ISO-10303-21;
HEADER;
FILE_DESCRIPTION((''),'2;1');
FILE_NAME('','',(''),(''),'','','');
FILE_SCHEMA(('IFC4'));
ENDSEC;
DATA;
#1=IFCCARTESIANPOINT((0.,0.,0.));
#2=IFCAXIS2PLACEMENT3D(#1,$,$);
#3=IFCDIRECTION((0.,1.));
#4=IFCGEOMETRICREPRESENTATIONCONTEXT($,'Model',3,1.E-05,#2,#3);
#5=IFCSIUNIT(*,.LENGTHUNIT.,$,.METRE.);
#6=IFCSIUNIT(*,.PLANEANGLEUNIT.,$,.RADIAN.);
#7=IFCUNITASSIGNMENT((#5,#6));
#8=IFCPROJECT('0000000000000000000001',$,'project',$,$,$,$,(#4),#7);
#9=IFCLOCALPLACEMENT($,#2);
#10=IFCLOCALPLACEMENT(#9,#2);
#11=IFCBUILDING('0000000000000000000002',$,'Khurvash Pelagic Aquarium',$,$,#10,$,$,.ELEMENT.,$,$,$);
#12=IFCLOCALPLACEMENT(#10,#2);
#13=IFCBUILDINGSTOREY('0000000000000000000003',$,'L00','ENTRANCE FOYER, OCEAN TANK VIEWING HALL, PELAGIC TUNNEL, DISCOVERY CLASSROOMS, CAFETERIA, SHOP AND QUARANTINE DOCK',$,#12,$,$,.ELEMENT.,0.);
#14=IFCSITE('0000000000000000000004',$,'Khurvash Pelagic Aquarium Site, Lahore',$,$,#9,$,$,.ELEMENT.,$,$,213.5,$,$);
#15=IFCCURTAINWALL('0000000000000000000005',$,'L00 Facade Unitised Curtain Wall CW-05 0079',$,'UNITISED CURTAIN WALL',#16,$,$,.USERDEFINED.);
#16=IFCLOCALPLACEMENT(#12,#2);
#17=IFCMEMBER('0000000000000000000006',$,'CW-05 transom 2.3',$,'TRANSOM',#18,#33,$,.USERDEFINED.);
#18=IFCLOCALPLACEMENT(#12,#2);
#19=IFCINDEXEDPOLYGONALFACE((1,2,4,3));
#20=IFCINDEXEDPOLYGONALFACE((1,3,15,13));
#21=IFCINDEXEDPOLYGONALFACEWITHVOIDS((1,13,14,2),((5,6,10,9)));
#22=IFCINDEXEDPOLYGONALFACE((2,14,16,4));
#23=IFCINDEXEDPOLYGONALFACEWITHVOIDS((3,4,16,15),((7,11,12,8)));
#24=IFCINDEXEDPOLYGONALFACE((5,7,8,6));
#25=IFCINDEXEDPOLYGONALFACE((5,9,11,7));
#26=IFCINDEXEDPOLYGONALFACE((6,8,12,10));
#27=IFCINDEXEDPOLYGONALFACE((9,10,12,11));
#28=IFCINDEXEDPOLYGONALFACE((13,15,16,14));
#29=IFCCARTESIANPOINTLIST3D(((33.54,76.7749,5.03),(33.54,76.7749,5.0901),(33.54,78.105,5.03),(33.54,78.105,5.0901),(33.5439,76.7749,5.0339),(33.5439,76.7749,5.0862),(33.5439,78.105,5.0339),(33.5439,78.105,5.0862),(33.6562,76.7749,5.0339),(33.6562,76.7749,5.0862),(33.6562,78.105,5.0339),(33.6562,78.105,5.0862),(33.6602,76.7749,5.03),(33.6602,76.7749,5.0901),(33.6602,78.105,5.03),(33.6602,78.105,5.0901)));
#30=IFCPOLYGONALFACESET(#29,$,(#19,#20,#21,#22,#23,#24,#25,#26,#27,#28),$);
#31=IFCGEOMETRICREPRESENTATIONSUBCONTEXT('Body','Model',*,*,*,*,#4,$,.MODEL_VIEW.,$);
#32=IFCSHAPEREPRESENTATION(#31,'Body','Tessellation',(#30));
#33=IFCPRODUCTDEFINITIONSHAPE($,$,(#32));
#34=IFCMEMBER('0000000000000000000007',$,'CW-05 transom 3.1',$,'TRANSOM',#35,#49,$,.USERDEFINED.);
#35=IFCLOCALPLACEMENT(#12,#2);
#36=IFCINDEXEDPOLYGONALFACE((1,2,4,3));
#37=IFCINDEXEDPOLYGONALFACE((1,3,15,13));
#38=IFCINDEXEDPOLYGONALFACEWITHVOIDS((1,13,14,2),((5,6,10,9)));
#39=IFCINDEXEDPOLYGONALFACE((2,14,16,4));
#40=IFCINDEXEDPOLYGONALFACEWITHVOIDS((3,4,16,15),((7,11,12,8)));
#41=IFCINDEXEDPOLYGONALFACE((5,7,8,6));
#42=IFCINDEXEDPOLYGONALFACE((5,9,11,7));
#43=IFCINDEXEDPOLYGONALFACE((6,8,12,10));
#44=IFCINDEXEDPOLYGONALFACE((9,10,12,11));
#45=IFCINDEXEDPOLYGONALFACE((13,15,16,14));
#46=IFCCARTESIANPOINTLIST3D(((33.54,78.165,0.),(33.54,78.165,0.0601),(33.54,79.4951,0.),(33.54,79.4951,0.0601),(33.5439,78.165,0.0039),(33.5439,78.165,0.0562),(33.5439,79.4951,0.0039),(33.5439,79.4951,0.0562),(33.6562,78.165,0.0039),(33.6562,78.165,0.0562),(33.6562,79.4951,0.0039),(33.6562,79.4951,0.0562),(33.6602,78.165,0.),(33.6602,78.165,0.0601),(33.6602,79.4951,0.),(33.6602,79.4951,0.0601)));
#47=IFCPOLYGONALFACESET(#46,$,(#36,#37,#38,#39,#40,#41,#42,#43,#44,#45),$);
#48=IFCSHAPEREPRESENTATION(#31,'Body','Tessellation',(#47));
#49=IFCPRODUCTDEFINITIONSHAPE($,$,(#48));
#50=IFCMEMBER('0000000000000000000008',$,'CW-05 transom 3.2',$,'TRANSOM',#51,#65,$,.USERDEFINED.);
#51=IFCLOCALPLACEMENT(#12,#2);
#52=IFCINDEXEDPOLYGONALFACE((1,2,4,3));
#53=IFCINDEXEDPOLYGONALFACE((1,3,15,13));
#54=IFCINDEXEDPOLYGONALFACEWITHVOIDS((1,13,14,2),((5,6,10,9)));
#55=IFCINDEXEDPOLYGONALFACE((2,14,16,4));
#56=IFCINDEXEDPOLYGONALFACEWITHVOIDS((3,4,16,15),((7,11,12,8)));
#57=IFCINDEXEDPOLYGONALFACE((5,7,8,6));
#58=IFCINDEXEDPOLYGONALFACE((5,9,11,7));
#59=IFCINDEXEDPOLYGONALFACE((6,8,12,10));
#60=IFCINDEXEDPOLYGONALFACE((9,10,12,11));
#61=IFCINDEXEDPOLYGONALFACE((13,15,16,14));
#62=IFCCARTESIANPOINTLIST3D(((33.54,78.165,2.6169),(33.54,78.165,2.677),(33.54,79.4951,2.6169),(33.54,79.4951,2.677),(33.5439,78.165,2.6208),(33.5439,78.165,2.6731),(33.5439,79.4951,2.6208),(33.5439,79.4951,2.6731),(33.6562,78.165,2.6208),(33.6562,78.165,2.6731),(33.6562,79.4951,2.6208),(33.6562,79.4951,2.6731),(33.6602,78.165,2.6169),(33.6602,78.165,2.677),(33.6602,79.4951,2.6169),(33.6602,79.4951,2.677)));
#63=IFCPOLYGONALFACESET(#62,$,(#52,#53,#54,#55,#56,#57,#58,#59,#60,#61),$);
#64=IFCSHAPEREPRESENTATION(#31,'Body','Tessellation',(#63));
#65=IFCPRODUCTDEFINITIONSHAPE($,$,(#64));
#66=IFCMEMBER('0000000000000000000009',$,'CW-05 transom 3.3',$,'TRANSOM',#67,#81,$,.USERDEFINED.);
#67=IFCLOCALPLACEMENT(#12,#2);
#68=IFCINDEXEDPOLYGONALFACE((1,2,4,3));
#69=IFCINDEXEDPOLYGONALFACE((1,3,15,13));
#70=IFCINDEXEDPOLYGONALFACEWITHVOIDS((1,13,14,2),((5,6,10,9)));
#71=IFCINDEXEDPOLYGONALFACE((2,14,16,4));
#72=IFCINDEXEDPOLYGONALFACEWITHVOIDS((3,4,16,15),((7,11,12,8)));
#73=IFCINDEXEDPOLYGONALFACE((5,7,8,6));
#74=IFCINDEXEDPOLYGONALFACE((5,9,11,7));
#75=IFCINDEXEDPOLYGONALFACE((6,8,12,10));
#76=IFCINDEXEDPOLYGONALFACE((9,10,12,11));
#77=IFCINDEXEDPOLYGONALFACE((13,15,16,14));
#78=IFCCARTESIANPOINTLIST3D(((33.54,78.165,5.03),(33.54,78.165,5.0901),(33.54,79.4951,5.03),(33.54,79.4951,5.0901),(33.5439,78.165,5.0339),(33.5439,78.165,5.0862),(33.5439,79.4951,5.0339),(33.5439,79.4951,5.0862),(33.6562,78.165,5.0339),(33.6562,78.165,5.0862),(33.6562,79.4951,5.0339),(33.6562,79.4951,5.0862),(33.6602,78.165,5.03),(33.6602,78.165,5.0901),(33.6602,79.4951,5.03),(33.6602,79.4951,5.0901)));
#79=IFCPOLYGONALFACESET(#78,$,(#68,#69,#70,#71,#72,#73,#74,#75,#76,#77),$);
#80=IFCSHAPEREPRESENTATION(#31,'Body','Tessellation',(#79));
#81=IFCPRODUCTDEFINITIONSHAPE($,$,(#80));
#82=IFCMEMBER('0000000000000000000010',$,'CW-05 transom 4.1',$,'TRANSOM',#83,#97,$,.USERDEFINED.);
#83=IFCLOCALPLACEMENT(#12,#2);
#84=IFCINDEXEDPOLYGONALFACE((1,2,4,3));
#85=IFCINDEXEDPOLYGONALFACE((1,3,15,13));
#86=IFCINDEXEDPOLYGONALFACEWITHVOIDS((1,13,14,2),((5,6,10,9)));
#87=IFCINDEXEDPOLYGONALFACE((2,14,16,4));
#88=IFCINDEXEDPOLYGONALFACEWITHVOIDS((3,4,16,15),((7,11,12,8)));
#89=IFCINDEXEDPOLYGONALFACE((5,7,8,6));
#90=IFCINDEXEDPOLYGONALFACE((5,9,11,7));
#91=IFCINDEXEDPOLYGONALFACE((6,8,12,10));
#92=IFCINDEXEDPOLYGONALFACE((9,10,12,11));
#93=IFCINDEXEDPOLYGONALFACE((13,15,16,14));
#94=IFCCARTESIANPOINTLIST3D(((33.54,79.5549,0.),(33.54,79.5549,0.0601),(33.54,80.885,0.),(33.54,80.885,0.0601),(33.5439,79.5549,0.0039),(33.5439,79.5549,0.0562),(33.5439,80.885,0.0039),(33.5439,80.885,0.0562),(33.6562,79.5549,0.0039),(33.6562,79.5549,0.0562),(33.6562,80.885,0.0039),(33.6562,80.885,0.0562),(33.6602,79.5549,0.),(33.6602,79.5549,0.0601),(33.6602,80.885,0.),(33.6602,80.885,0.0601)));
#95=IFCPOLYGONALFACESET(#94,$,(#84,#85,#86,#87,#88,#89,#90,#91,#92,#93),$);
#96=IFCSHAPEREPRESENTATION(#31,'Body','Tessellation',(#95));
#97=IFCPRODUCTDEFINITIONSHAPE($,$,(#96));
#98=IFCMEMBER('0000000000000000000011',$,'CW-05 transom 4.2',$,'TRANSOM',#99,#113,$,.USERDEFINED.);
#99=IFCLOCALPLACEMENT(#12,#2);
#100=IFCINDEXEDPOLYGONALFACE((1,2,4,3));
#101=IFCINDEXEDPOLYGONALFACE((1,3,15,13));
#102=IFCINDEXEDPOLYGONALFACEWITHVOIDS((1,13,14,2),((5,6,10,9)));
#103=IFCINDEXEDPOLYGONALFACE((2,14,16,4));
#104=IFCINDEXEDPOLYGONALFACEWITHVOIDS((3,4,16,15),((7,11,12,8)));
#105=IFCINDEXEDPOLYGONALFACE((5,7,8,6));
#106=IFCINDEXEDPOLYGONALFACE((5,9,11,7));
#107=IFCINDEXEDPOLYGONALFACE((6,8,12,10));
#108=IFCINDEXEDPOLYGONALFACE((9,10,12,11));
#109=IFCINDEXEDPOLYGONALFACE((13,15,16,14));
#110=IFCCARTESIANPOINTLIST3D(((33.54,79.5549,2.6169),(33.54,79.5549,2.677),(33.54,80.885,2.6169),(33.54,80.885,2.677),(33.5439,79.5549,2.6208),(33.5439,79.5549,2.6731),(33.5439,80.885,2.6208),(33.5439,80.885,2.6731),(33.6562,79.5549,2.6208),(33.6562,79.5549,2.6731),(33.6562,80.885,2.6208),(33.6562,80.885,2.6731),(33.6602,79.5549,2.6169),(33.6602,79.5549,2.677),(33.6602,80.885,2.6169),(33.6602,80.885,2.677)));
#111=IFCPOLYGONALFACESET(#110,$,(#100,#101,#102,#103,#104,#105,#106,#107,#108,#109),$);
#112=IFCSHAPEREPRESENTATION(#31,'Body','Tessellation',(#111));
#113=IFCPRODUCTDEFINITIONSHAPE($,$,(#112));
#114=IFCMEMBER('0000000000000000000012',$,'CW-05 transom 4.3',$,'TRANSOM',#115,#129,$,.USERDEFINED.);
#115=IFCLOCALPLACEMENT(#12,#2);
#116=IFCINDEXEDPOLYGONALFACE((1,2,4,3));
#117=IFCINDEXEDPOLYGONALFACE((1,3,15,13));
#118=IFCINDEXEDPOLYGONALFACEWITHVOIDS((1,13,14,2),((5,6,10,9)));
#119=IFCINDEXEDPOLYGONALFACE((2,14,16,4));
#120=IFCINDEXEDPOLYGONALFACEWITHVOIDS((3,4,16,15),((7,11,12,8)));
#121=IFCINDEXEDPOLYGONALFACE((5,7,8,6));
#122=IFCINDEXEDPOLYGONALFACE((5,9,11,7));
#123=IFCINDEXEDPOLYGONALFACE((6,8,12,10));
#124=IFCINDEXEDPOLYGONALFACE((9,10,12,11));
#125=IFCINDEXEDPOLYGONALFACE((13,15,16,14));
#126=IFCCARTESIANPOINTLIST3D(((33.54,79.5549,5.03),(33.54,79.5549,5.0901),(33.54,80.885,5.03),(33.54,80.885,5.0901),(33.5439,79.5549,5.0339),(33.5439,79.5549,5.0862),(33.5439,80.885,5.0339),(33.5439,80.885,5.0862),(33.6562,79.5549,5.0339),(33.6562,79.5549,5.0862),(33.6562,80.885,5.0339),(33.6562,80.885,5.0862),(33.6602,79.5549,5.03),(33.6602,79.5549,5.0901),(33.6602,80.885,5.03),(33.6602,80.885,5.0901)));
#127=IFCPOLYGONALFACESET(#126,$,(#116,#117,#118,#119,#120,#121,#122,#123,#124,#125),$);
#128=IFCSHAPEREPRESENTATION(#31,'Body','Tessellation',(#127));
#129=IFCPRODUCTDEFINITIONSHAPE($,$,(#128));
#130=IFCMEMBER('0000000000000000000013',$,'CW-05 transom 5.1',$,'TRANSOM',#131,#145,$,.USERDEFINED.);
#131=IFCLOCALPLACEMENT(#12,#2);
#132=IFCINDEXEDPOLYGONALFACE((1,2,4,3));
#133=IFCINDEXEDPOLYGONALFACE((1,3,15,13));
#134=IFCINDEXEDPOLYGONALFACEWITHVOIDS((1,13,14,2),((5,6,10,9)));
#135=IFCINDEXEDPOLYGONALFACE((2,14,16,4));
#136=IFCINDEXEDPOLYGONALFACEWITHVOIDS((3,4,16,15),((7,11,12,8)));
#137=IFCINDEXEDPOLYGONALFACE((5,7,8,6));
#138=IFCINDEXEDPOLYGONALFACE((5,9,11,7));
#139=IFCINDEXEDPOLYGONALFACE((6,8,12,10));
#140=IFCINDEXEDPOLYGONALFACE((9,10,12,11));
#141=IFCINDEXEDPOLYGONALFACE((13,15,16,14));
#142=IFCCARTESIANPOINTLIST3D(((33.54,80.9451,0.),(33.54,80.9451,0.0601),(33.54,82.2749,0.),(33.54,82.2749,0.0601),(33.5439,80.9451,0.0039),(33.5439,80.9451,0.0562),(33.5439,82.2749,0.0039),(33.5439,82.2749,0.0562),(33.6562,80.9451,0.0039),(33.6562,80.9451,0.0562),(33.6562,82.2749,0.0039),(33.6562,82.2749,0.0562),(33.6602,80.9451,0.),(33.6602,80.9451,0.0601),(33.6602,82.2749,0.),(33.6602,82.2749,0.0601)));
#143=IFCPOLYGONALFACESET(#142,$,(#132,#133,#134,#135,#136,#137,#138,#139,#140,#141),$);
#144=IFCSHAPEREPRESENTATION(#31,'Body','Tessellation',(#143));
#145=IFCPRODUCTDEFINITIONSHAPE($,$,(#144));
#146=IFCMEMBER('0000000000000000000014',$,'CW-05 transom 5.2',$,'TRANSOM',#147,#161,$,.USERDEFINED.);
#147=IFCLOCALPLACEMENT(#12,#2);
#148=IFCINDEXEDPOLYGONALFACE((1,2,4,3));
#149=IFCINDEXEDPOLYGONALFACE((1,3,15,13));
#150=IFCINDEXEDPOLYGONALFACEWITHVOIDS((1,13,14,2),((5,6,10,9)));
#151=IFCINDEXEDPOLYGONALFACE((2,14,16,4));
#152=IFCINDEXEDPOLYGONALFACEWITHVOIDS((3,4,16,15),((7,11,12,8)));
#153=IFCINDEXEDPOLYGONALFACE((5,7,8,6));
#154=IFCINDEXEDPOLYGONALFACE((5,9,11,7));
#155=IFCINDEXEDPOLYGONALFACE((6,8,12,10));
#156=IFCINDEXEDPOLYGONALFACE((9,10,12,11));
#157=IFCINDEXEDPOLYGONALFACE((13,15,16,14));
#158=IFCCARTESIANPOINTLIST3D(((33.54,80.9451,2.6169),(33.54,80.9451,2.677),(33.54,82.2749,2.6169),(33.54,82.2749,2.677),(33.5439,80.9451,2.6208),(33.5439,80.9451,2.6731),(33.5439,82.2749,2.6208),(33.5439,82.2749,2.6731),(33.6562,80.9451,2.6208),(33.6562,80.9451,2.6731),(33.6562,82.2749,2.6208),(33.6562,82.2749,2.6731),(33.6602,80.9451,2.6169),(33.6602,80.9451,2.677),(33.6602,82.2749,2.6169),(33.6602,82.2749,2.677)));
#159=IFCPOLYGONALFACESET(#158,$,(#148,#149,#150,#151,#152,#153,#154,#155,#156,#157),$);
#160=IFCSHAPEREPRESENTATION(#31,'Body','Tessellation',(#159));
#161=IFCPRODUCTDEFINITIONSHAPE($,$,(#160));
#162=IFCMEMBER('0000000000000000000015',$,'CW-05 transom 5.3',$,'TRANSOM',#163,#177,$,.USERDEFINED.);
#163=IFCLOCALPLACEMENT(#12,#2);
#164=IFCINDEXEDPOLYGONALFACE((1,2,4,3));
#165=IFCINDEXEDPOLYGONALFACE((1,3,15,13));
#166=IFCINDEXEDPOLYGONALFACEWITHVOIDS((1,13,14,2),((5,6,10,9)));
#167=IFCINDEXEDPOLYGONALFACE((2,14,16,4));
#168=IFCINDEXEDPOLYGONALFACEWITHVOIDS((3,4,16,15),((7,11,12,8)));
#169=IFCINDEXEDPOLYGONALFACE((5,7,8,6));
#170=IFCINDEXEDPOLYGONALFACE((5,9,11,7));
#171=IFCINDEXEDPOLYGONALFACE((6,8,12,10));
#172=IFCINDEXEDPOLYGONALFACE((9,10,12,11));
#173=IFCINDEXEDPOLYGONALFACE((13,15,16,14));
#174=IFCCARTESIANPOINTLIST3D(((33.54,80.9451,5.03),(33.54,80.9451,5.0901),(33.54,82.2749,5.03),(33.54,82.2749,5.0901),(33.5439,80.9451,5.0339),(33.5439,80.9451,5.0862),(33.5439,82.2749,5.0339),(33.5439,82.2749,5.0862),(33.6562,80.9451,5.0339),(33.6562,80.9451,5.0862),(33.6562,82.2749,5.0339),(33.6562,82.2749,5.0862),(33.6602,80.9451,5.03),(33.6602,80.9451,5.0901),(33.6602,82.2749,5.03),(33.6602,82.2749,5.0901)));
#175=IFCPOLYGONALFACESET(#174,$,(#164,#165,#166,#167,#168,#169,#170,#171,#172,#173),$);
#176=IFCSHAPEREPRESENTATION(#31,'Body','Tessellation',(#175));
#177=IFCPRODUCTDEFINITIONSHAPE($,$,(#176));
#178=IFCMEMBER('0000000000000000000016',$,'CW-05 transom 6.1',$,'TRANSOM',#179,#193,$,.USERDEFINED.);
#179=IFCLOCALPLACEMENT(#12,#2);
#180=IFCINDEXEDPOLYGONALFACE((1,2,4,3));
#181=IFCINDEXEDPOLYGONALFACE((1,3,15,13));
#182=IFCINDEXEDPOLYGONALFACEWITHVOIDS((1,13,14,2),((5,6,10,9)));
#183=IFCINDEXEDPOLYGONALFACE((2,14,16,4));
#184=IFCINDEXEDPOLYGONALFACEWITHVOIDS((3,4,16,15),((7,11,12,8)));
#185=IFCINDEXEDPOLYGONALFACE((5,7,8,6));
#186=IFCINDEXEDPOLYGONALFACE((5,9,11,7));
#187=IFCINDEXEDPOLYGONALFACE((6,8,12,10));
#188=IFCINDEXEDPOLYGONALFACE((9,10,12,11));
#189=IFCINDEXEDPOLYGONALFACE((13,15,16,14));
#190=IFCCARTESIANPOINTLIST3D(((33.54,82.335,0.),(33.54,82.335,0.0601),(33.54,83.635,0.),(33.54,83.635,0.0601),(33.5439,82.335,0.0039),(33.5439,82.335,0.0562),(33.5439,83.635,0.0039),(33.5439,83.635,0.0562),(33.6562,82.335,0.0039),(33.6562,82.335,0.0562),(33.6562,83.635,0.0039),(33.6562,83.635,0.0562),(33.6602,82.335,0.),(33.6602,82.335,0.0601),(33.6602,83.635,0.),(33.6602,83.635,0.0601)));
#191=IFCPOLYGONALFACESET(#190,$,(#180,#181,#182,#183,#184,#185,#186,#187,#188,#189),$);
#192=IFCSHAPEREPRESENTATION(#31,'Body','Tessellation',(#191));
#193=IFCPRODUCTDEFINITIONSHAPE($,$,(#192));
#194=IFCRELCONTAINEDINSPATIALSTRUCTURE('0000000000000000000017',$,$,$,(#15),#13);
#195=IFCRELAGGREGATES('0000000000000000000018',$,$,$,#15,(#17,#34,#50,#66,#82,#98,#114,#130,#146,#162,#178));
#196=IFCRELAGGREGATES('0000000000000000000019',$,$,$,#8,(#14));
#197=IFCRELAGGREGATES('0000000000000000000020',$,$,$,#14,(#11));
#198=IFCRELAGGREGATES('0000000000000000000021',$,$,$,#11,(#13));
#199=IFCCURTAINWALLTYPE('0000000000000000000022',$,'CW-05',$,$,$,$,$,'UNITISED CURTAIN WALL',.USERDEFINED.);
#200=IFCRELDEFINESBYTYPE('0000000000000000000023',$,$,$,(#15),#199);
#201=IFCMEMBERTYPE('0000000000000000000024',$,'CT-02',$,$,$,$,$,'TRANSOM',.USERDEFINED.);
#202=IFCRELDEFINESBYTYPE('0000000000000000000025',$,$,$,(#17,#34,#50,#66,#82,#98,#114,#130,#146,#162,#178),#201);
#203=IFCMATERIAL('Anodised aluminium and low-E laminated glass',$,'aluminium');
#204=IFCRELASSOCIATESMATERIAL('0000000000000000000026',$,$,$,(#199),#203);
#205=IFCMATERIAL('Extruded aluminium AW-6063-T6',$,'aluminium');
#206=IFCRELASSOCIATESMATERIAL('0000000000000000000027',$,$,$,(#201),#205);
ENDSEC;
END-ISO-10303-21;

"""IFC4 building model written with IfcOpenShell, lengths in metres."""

from ifc_helpers import new_model, si_unit, direction, frame, origin, origin_2d, place, context, subcontext, project, spatial, hollow_rectangle, extrude, material, material_profile, profile_set, type_object, element, aggregate, save


model = new_model("IFC4")

# Units and contexts
model_context = context("Model", 3, precision=1e-05, world=origin(), true_north=direction((0.0, 1.0)))
body_context = subcontext(model_context, "Body", "Model", "MODEL_VIEW")
ifc_project = project(units=[si_unit("LENGTHUNIT", "METRE"), si_unit("PLANEANGLEUNIT", "RADIAN")], contexts=[model_context])

# Site, building, storey
site_placement = place(None, origin())
site = spatial("IfcSite", under=ifc_project, at=site_placement, Name="Khurvash Pelagic Aquarium Site, Lahore", CompositionType="ELEMENT", RefElevation=213.5)
building_placement = place(site_placement, origin())
building = spatial("IfcBuilding", under=site, at=building_placement, Name="Khurvash Pelagic Aquarium", CompositionType="ELEMENT")
storey_placement = place(building_placement, origin())
storey = spatial("IfcBuildingStorey", under=building, at=storey_placement, Name="L00", Description="ENTRANCE FOYER, OCEAN TANK VIEWING HALL, PELAGIC TUNNEL, DISCOVERY CLASSROOMS, CAFETERIA, SHOP AND QUARANTINE DOCK", CompositionType="ELEMENT", Elevation=0.0)

# Curtain wall, members
ifc_material_1 = material(Name="Anodised aluminium and low-E laminated glass", Category="aluminium")
curtain_wall_type = type_object("IfcCurtainWallType", Name="CW-05", ElementType="UNITISED CURTAIN WALL", PredefinedType="USERDEFINED", material=ifc_material_1)
curtain_wall_placement = place(storey_placement, origin())
curtain_wall = element("IfcCurtainWall", 1, at=curtain_wall_placement, inside=storey, type_object=curtain_wall_type, Name="L00 Facade Unitised Curtain Wall CW-05 0079", ObjectType="UNITISED CURTAIN WALL", PredefinedType="USERDEFINED")
ifc_material_2 = material(Name="Extruded aluminium AW-6063-T6", Category="aluminium")
ifc_material_profile_1 = material_profile(ifc_material_2, hollow_rectangle(XDim=0.1201, YDim=0.0601, WallThickness=0.0039, at=origin_2d()), Name="CWT120X60X4")
ifc_profile_set_1 = profile_set([ifc_material_profile_1], Name="Extruded aluminium AW-6063-T6")
member_type_1 = type_object("IfcMemberType", Name="CT-02", ElementType="TRANSOM", PredefinedType="USERDEFINED", material=ifc_profile_set_1)
member_1_placement = place(storey_placement, frame((33.6001, 76.7749, 5.0601), z_axis=(0.0, 1.0, 0.0), x_axis=(-1.0, 0.0, 0.0)))
member_1 = element("IfcMember", 2, at=member_1_placement, type_object=member_type_1, Name="CW-05 transom 2.3", ObjectType="TRANSOM", PredefinedType="USERDEFINED", context=body_context, shape_type="SweptSolid", body=[
    extrude(hollow_rectangle(XDim=0.1201, YDim=0.0601, WallThickness=0.0039, at=origin_2d()), origin(), (0.0, 0.0, 1.0), 1.3301),
])
member_2_placement = place(storey_placement, frame((33.6001, 78.165, 0.03), z_axis=(0.0, 1.0, 0.0), x_axis=(-1.0, 0.0, 0.0)))
member_2 = element("IfcMember", 3, at=member_2_placement, type_object=member_type_1, Name="CW-05 transom 3.1", ObjectType="TRANSOM", PredefinedType="USERDEFINED", context=body_context, shape_type="SweptSolid", body=[
    extrude(hollow_rectangle(XDim=0.1201, YDim=0.0601, WallThickness=0.0039, at=origin_2d()), origin(), (0.0, 0.0, 1.0), 1.3301),
])
member_3_placement = place(storey_placement, frame((33.6001, 78.165, 2.647), z_axis=(0.0, 1.0, 0.0), x_axis=(-1.0, 0.0, 0.0)))
member_3 = element("IfcMember", 4, at=member_3_placement, type_object=member_type_1, Name="CW-05 transom 3.2", ObjectType="TRANSOM", PredefinedType="USERDEFINED", context=body_context, shape_type="SweptSolid", body=[
    extrude(hollow_rectangle(XDim=0.1201, YDim=0.0601, WallThickness=0.0039, at=origin_2d()), origin(), (0.0, 0.0, 1.0), 1.3301),
])
member_4_placement = place(storey_placement, frame((33.6001, 78.165, 5.0601), z_axis=(0.0, 1.0, 0.0), x_axis=(-1.0, 0.0, 0.0)))
member_4 = element("IfcMember", 5, at=member_4_placement, type_object=member_type_1, Name="CW-05 transom 3.3", ObjectType="TRANSOM", PredefinedType="USERDEFINED", context=body_context, shape_type="SweptSolid", body=[
    extrude(hollow_rectangle(XDim=0.1201, YDim=0.0601, WallThickness=0.0039, at=origin_2d()), origin(), (0.0, 0.0, 1.0), 1.3301),
])
member_5_placement = place(storey_placement, frame((33.6001, 79.5549, 0.03), z_axis=(0.0, 1.0, 0.0), x_axis=(-1.0, 0.0, 0.0)))
member_5 = element("IfcMember", 6, at=member_5_placement, type_object=member_type_1, Name="CW-05 transom 4.1", ObjectType="TRANSOM", PredefinedType="USERDEFINED", context=body_context, shape_type="SweptSolid", body=[
    extrude(hollow_rectangle(XDim=0.1201, YDim=0.0601, WallThickness=0.0039, at=origin_2d()), origin(), (0.0, 0.0, 1.0), 1.3301),
])
member_6_placement = place(storey_placement, frame((33.6001, 79.5549, 2.647), z_axis=(0.0, 1.0, 0.0), x_axis=(-1.0, 0.0, 0.0)))
member_6 = element("IfcMember", 7, at=member_6_placement, type_object=member_type_1, Name="CW-05 transom 4.2", ObjectType="TRANSOM", PredefinedType="USERDEFINED", context=body_context, shape_type="SweptSolid", body=[
    extrude(hollow_rectangle(XDim=0.1201, YDim=0.0601, WallThickness=0.0039, at=origin_2d()), origin(), (0.0, 0.0, 1.0), 1.3301),
])
member_7_placement = place(storey_placement, frame((33.6001, 79.5549, 5.0601), z_axis=(0.0, 1.0, 0.0), x_axis=(-1.0, 0.0, 0.0)))
member_7 = element("IfcMember", 8, at=member_7_placement, type_object=member_type_1, Name="CW-05 transom 4.3", ObjectType="TRANSOM", PredefinedType="USERDEFINED", context=body_context, shape_type="SweptSolid", body=[
    extrude(hollow_rectangle(XDim=0.1201, YDim=0.0601, WallThickness=0.0039, at=origin_2d()), origin(), (0.0, 0.0, 1.0), 1.3301),
])
member_8_placement = place(storey_placement, frame((33.6001, 80.9451, 0.03), z_axis=(0.0, 1.0, 0.0), x_axis=(-1.0, 0.0, 0.0)))
member_8 = element("IfcMember", 9, at=member_8_placement, type_object=member_type_1, Name="CW-05 transom 5.1", ObjectType="TRANSOM", PredefinedType="USERDEFINED", context=body_context, shape_type="SweptSolid", body=[
    extrude(hollow_rectangle(XDim=0.1201, YDim=0.0601, WallThickness=0.0039, at=origin_2d()), origin(), (0.0, 0.0, 1.0), 1.3298),
])
member_9_placement = place(storey_placement, frame((33.6001, 80.9451, 2.647), z_axis=(0.0, 1.0, 0.0), x_axis=(-1.0, 0.0, 0.0)))
member_9 = element("IfcMember", 10, at=member_9_placement, type_object=member_type_1, Name="CW-05 transom 5.2", ObjectType="TRANSOM", PredefinedType="USERDEFINED", context=body_context, shape_type="SweptSolid", body=[
    extrude(hollow_rectangle(XDim=0.1201, YDim=0.0601, WallThickness=0.0039, at=origin_2d()), origin(), (0.0, 0.0, 1.0), 1.3298),
])
member_10_placement = place(storey_placement, frame((33.6001, 80.9451, 5.0601), z_axis=(0.0, 1.0, 0.0), x_axis=(-1.0, 0.0, 0.0)))
member_10 = element("IfcMember", 11, at=member_10_placement, type_object=member_type_1, Name="CW-05 transom 5.3", ObjectType="TRANSOM", PredefinedType="USERDEFINED", context=body_context, shape_type="SweptSolid", body=[
    extrude(hollow_rectangle(XDim=0.1201, YDim=0.0601, WallThickness=0.0039, at=origin_2d()), origin(), (0.0, 0.0, 1.0), 1.3298),
])
member_11_placement = place(storey_placement, frame((33.6001, 82.335, 0.03), z_axis=(0.0, 1.0, 0.0), x_axis=(-1.0, 0.0, 0.0)))
member_11 = element("IfcMember", 12, at=member_11_placement, type_object=member_type_1, Name="CW-05 transom 6.1", ObjectType="TRANSOM", PredefinedType="USERDEFINED", context=body_context, shape_type="SweptSolid", body=[
    extrude(hollow_rectangle(XDim=0.1201, YDim=0.0601, WallThickness=0.0039, at=origin_2d()), origin(), (0.0, 0.0, 1.0), 1.3),
])

aggregate(curtain_wall, [member_1, member_2, member_3, member_4, member_5, member_6, member_7, member_8, member_9, member_10, member_11])

save(model, "model.ifc")
